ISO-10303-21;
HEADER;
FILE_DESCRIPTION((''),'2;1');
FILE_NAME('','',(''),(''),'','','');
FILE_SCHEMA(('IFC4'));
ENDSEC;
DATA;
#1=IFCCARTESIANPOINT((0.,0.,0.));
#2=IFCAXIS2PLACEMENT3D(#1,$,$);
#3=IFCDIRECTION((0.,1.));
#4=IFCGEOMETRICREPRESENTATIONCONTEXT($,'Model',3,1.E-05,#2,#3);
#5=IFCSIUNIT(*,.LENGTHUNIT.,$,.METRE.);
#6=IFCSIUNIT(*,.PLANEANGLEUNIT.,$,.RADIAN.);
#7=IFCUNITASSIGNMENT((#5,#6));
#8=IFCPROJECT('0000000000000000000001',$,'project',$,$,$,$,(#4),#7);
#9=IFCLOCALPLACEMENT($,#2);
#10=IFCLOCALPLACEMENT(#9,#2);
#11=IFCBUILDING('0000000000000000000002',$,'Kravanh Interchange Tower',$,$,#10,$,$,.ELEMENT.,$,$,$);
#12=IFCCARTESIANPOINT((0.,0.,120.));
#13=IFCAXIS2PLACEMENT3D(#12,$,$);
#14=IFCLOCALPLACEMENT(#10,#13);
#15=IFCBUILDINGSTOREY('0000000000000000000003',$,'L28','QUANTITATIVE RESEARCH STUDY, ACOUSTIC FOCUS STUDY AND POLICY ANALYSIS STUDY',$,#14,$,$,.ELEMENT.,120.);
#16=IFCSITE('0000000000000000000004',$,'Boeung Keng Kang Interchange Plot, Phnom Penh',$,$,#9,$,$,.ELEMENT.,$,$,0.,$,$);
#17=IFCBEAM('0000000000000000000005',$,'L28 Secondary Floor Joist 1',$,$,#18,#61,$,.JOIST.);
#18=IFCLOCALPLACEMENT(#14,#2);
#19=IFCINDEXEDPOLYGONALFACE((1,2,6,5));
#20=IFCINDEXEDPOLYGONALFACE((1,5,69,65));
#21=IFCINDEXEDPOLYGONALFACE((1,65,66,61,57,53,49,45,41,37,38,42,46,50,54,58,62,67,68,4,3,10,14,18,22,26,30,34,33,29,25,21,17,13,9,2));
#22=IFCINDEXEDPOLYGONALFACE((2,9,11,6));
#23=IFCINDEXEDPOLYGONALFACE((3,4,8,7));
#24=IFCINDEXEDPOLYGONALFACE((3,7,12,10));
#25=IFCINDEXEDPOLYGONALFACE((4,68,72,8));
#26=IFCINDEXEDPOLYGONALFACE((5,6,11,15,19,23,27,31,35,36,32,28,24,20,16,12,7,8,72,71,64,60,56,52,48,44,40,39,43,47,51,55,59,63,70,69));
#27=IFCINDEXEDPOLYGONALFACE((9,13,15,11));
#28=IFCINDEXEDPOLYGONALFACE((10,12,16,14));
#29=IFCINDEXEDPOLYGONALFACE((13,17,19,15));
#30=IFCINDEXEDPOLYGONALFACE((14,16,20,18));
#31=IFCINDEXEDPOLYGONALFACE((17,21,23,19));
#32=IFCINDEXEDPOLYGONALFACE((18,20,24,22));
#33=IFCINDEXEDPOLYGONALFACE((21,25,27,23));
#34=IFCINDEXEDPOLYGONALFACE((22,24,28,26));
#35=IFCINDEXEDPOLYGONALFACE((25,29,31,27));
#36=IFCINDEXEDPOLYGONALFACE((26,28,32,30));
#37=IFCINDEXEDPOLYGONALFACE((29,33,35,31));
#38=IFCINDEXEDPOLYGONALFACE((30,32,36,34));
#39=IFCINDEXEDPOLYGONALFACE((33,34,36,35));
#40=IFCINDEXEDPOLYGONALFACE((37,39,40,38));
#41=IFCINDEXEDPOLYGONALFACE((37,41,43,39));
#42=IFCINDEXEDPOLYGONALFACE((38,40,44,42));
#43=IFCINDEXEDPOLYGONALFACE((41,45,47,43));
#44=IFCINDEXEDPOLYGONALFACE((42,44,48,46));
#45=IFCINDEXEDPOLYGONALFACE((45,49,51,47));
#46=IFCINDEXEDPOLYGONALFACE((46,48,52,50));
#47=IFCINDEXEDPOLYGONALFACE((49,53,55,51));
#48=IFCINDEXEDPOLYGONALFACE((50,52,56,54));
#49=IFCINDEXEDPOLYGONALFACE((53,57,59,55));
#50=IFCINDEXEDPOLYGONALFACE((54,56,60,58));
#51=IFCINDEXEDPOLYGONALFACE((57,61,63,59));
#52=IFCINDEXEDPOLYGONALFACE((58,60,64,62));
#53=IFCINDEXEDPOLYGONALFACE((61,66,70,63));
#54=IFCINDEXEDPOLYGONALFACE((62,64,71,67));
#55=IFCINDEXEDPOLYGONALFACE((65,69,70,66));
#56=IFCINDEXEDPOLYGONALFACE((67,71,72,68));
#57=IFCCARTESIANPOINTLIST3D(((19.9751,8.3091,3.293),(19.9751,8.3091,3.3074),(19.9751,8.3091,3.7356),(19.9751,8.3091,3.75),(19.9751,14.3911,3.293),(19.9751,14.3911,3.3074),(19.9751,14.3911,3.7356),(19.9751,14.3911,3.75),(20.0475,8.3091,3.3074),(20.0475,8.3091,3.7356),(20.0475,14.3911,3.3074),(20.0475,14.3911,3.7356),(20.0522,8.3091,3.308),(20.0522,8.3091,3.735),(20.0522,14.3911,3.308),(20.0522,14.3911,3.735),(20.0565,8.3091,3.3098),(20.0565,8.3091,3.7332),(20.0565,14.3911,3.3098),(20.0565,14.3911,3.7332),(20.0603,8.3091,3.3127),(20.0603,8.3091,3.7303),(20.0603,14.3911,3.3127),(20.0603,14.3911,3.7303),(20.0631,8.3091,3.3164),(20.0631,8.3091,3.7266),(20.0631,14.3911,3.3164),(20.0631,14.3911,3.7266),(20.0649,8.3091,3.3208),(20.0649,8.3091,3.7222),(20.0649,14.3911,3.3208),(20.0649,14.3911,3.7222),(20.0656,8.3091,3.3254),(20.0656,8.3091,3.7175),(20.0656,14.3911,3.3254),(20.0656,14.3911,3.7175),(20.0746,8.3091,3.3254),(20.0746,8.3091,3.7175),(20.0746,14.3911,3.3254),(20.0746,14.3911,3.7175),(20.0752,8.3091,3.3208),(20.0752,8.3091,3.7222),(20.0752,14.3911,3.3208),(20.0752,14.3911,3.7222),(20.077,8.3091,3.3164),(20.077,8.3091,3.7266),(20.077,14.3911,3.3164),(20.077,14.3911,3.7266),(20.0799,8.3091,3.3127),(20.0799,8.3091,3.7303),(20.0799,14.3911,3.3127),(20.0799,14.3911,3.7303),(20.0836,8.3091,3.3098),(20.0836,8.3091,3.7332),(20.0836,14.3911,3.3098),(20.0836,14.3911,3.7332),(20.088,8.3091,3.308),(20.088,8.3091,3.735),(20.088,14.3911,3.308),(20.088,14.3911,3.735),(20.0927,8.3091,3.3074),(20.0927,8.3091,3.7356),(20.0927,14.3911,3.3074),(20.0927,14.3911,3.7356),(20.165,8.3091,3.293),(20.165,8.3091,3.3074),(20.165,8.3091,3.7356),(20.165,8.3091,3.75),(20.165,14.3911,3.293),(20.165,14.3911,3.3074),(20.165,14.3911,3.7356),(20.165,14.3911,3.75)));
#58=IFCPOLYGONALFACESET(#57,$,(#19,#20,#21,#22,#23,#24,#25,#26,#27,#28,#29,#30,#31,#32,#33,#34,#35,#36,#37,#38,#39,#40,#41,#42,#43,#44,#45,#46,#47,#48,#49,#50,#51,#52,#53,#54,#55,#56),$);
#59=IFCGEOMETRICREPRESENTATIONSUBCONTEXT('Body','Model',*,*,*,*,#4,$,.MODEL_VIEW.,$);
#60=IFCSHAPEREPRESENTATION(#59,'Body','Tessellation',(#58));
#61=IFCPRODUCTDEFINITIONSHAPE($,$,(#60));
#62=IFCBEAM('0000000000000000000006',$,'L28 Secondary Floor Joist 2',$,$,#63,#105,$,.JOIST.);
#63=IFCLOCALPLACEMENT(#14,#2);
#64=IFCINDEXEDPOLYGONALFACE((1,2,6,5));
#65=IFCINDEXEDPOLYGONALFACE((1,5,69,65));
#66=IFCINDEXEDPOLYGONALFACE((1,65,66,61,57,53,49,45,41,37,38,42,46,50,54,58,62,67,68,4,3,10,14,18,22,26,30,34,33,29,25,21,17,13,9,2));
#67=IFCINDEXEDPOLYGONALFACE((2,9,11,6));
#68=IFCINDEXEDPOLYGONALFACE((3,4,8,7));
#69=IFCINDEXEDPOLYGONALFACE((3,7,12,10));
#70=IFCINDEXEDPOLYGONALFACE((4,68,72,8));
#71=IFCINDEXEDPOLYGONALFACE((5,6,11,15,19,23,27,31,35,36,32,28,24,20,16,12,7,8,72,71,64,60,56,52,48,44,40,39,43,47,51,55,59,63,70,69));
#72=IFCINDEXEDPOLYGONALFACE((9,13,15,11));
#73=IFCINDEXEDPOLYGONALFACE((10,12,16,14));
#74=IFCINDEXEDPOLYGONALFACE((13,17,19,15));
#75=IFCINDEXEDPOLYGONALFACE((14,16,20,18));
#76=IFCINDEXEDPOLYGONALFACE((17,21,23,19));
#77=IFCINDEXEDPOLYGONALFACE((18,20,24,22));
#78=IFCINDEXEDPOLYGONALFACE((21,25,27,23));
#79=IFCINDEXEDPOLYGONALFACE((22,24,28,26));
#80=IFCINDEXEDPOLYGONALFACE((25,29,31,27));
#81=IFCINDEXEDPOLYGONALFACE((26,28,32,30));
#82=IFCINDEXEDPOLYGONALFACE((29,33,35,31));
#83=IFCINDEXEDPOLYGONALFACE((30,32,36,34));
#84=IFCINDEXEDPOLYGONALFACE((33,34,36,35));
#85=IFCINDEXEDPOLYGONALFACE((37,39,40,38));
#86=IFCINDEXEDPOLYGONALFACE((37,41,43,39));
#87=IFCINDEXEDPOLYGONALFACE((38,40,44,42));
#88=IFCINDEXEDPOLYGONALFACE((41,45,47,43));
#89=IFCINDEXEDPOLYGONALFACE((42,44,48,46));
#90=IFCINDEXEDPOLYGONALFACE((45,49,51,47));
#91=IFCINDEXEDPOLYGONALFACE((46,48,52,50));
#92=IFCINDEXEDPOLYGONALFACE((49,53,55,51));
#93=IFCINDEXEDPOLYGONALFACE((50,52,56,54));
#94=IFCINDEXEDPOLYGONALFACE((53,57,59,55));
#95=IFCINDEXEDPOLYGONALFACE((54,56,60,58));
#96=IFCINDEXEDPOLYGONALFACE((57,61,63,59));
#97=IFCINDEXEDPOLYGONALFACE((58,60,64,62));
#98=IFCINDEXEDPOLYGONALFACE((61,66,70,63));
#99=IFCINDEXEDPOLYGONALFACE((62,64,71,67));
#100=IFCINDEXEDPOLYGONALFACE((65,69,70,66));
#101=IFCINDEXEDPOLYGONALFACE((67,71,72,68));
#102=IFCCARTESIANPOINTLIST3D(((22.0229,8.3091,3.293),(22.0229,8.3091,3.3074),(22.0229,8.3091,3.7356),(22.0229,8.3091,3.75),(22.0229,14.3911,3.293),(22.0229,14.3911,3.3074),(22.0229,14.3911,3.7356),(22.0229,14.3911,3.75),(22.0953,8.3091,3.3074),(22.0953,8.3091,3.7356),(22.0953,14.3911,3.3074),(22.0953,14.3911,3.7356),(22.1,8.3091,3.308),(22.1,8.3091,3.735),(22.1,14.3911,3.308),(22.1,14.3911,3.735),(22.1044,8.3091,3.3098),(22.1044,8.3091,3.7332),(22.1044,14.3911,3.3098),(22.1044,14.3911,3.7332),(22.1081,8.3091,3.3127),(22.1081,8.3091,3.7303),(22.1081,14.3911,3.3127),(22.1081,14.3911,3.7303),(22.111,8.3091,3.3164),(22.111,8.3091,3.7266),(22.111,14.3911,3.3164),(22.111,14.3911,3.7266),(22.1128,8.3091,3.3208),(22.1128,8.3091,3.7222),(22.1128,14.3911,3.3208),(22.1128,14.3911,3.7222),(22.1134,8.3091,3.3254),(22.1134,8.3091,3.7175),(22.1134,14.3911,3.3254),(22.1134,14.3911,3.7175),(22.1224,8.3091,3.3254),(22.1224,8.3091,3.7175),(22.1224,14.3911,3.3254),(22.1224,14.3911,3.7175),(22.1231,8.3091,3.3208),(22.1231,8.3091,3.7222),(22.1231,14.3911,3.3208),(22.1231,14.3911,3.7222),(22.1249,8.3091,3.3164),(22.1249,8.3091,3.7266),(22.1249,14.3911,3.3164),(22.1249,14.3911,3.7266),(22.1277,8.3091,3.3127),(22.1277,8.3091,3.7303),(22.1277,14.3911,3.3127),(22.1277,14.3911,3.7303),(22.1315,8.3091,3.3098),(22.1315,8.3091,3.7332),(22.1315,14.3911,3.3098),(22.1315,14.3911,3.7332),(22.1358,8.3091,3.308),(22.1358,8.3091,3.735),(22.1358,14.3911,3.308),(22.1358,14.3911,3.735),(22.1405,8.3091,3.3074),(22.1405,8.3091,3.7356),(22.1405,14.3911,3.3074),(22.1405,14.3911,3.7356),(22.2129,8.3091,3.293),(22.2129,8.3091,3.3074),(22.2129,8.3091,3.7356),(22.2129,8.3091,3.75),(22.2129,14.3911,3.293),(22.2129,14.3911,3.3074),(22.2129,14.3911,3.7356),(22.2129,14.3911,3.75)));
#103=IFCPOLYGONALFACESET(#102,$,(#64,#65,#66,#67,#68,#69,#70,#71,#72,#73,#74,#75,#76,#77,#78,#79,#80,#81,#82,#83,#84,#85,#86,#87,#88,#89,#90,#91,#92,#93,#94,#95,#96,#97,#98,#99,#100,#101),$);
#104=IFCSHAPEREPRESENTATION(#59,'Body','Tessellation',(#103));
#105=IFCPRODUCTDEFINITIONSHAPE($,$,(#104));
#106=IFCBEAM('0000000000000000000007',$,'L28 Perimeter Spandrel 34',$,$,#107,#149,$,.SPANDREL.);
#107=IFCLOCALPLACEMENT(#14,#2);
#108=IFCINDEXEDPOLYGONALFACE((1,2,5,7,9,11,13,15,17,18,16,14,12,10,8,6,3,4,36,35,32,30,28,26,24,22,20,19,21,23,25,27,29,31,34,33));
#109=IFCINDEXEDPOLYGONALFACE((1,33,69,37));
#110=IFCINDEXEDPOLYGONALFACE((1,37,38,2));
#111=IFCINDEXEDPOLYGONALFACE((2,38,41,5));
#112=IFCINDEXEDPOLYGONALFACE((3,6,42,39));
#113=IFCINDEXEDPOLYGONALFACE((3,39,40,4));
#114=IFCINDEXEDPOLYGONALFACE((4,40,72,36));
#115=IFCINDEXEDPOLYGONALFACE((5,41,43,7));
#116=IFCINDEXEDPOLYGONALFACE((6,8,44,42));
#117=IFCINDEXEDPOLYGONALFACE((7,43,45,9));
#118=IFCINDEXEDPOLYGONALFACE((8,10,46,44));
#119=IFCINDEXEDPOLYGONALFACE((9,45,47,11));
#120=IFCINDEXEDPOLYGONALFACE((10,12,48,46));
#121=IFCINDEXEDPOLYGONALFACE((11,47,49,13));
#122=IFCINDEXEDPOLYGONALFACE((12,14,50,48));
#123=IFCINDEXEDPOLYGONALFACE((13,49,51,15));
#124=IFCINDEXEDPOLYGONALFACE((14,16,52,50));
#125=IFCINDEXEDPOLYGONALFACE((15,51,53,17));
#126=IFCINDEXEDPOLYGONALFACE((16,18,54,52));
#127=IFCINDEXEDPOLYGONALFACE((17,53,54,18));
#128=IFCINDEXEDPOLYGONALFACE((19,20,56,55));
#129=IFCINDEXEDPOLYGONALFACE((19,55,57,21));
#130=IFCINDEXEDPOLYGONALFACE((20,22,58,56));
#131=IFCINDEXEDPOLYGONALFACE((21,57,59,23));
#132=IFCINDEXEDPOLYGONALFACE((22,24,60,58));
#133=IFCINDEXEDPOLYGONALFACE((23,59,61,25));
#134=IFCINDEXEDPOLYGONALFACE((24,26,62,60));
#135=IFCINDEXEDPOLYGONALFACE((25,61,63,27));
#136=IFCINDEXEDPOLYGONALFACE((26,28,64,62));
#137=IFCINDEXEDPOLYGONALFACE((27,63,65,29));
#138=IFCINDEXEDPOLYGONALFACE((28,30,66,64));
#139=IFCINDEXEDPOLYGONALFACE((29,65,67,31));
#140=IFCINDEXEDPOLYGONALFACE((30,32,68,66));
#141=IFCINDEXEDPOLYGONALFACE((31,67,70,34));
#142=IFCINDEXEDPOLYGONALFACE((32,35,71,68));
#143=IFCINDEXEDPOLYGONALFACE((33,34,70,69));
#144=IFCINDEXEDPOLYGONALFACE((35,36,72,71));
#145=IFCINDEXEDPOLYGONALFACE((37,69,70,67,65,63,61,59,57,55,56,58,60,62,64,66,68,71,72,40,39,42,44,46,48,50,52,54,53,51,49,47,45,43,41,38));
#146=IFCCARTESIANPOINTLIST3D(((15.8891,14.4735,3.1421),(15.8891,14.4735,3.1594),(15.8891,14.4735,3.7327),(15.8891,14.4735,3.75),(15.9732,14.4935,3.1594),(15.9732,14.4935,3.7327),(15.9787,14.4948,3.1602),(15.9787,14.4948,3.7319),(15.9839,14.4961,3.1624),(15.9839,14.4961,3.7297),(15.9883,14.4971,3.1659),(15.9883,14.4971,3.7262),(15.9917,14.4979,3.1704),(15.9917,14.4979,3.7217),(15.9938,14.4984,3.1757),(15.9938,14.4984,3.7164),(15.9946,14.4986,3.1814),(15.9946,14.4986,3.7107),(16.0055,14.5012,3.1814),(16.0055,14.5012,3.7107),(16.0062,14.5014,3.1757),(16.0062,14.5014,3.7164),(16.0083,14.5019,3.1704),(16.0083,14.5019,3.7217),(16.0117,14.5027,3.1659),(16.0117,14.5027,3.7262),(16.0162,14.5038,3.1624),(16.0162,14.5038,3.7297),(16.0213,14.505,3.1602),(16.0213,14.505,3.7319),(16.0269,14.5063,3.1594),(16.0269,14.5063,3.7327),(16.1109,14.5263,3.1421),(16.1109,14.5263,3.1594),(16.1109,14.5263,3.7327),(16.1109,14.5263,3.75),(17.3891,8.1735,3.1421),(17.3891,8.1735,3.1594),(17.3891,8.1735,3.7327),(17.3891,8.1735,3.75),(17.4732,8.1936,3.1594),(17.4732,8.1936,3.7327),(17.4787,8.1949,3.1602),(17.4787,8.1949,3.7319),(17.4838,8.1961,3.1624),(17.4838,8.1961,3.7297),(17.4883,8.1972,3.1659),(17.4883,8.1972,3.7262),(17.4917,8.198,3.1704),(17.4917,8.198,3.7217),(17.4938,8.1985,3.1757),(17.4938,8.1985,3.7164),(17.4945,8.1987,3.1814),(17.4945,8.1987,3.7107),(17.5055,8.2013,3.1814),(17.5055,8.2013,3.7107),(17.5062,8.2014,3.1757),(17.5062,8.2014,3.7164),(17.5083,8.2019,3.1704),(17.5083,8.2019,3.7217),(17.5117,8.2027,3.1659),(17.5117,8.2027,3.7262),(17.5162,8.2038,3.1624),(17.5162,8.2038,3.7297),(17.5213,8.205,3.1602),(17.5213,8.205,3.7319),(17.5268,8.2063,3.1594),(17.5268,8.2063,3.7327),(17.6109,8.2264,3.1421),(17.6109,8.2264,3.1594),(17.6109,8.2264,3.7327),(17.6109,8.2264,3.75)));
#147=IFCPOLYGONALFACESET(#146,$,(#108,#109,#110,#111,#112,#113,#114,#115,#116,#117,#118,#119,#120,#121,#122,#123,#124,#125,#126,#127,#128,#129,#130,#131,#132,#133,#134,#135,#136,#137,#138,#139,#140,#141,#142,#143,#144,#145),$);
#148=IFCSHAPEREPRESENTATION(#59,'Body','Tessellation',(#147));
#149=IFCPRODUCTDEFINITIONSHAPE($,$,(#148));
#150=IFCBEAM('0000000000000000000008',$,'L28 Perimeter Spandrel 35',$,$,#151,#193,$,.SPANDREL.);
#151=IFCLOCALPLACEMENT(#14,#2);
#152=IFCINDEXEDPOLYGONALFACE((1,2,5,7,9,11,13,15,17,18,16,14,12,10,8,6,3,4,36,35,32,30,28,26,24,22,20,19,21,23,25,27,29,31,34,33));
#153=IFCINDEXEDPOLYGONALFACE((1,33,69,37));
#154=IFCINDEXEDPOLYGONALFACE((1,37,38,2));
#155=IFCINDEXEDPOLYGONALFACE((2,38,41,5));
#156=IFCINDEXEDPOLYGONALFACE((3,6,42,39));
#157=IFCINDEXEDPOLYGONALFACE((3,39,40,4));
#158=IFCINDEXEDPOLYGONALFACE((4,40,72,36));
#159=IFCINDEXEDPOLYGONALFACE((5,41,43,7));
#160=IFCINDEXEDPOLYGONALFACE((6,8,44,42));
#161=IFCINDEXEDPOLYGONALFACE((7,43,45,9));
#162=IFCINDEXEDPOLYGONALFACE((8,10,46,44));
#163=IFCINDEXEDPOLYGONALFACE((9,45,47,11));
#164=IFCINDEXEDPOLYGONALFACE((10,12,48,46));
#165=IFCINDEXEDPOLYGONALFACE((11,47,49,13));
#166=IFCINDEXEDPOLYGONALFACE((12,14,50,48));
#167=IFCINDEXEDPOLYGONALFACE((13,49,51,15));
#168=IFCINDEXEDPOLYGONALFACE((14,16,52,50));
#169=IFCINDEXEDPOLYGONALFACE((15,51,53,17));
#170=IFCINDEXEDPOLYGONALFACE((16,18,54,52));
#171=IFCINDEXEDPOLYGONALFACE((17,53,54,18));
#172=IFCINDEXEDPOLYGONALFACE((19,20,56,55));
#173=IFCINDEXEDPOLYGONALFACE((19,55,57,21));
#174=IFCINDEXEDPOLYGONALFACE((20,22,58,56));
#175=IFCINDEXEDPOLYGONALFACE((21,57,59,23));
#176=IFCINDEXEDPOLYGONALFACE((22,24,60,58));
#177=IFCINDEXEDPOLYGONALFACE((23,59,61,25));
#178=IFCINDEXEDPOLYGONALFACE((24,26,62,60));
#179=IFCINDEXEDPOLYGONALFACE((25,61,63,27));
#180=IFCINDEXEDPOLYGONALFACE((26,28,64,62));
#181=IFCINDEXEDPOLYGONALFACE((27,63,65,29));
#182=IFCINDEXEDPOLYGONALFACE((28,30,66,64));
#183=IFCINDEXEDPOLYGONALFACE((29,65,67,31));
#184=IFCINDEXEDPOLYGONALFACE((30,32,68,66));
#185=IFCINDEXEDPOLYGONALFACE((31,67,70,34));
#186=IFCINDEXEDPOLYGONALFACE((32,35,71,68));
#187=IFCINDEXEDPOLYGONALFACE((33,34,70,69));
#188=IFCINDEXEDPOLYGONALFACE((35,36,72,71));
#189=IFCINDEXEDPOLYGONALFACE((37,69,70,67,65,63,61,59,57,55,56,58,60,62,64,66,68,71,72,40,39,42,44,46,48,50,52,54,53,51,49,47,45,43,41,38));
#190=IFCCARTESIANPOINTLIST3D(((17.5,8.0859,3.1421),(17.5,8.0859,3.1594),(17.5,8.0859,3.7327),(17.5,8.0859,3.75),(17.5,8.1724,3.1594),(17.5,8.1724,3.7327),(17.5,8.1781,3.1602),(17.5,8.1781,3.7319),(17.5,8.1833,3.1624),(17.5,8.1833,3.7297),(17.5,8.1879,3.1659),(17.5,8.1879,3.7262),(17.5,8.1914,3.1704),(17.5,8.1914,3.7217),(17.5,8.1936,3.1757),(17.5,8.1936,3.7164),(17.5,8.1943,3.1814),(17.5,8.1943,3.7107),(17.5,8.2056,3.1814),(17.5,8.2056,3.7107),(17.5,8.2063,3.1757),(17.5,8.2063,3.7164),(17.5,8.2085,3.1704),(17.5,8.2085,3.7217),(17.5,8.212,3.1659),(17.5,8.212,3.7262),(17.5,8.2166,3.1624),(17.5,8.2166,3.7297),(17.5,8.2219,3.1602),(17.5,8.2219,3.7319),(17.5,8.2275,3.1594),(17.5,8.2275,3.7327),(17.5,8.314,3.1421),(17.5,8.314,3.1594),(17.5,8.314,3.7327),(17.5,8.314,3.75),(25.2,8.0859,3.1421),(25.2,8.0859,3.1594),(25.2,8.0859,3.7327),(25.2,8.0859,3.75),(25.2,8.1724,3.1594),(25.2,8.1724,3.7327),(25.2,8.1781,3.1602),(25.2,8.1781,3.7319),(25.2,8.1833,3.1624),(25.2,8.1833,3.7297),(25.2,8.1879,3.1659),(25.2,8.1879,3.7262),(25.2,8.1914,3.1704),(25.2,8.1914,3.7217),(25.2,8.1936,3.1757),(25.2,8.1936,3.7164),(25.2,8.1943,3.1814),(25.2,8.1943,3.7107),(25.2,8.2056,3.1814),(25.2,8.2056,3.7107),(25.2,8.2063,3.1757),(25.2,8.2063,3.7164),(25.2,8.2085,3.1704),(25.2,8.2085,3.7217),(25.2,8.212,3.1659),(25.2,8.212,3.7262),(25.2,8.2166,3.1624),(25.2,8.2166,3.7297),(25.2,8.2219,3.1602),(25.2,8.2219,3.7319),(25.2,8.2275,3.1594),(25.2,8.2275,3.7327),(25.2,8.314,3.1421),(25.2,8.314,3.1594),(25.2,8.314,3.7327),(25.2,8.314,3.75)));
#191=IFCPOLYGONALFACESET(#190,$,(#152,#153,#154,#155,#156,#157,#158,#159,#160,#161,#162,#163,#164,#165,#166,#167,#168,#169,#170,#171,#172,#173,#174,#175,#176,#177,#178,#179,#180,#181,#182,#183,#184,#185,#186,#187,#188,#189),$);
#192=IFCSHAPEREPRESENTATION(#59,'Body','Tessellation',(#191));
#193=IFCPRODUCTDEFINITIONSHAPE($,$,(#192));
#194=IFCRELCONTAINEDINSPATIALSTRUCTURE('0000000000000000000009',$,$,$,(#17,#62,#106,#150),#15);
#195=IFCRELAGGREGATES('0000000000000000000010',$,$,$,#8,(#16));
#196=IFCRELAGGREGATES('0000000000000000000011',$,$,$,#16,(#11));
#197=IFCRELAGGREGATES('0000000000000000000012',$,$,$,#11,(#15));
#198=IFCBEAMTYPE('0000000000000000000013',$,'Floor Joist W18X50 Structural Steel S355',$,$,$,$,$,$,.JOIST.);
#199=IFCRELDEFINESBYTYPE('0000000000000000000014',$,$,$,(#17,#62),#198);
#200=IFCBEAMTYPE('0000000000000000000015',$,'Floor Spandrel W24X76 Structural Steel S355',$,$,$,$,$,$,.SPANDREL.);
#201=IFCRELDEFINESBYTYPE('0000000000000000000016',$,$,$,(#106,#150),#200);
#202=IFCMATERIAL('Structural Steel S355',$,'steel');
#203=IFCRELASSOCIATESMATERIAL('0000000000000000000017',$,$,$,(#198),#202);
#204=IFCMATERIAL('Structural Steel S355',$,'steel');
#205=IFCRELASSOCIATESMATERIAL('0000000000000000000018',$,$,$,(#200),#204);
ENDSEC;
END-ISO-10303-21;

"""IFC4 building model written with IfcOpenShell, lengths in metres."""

from ifc_helpers import new_model, si_unit, direction, frame, origin, origin_2d, place, context, subcontext, project, spatial, i_section, extrude, material, material_profile, profile_set, type_object, element, save


model = new_model("IFC4")

# Units and contexts
model_context = context("Model", 3, precision=1e-05, world=origin(), true_north=direction((0.0, 1.0)))
body_context = subcontext(model_context, "Body", "Model", "MODEL_VIEW")
ifc_project = project(units=[si_unit("LENGTHUNIT", "METRE"), si_unit("PLANEANGLEUNIT", "RADIAN")], contexts=[model_context])

# Site, building, storey
site_placement = place(None, origin())
site = spatial("IfcSite", under=ifc_project, at=site_placement, Name="Boeung Keng Kang Interchange Plot, Phnom Penh", CompositionType="ELEMENT", RefElevation=0.0)
building_placement = place(site_placement, origin())
building = spatial("IfcBuilding", under=site, at=building_placement, Name="Kravanh Interchange Tower", CompositionType="ELEMENT")
storey_placement = place(building_placement, frame((0.0, 0.0, 120.0)))
storey = spatial("IfcBuildingStorey", under=building, at=storey_placement, Name="L28", Description="QUANTITATIVE RESEARCH STUDY, ACOUSTIC FOCUS STUDY AND POLICY ANALYSIS STUDY", CompositionType="ELEMENT", Elevation=120.0)

# Beams
ifc_material_1 = material(Name="Structural Steel S355", Category="steel")
ifc_material_profile_1 = material_profile(ifc_material_1, i_section(OverallWidth=0.1899, OverallDepth=0.457, WebThickness=0.009, FlangeThickness=0.0144, FilletRadius=0.0181, at=origin_2d()), Name="W18X50")
ifc_profile_set_1 = profile_set([ifc_material_profile_1], Name="Structural Steel S355")
beam_type_1 = type_object("IfcBeamType", Name="Floor Joist W18X50 Structural Steel S355", PredefinedType="JOIST", material=ifc_profile_set_1)
for number, where, z_axis, x_axis, name in (
    (1, (20.0701, 8.3091, 3.5215), (0.0, 1.0, 0.0), (-1.0, 0.0, 0.0), "L28 Secondary Floor Joist 1"),
    (2, (22.1179, 8.3091, 3.5215), (0.0, 1.0, 0.0), (-1.0, 0.0, 0.0), "L28 Secondary Floor Joist 2"),
):
    element("IfcBeam", number, at=place(storey_placement, frame(where, z_axis=z_axis, x_axis=x_axis)), inside=storey, type_object=beam_type_1, Name=name, PredefinedType="JOIST", context=body_context, shape_type="SweptSolid", body=[
        extrude(i_section(OverallWidth=0.1899, OverallDepth=0.457, WebThickness=0.009, FlangeThickness=0.0144, FilletRadius=0.0181, at=origin_2d()), origin(), (0.0, 0.0, 1.0), 6.082),
    ])
ifc_material_2 = material(Name="Structural Steel S355", Category="steel")
ifc_material_profile_2 = material_profile(ifc_material_2, i_section(OverallWidth=0.228, OverallDepth=0.6079, WebThickness=0.0112, FlangeThickness=0.0173, FilletRadius=0.022, at=origin_2d()), Name="W24X76")
ifc_profile_set_2 = profile_set([ifc_material_profile_2], Name="Structural Steel S355")
beam_type_2 = type_object("IfcBeamType", Name="Floor Spandrel W24X76 Structural Steel S355", PredefinedType="SPANDREL", material=ifc_profile_set_2)
beam_1_placement = place(storey_placement, frame((17.5, 8.2, 3.446), z_axis=(-0.231619, 0.972807, 0.0), x_axis=(-0.972807, -0.231619, 0.0)))
element("IfcBeam", 3, at=beam_1_placement, inside=storey, type_object=beam_type_2, Name="L28 Perimeter Spandrel 34", PredefinedType="SPANDREL", context=body_context, shape_type="SweptSolid", body=[
    extrude(i_section(OverallWidth=0.228, OverallDepth=0.6079, WebThickness=0.0112, FlangeThickness=0.0173, FilletRadius=0.022, at=origin_2d()), origin(), (0.0, 0.0, 1.0), 6.4761),
])
beam_2_placement = place(storey_placement, frame((17.5, 8.2, 3.446), z_axis=(1.0, 0.0, 0.0), x_axis=(0.0, 1.0, 0.0)))
element("IfcBeam", 4, at=beam_2_placement, inside=storey, type_object=beam_type_2, Name="L28 Perimeter Spandrel 35", PredefinedType="SPANDREL", context=body_context, shape_type="SweptSolid", body=[
    extrude(i_section(OverallWidth=0.228, OverallDepth=0.6079, WebThickness=0.0112, FlangeThickness=0.0173, FilletRadius=0.022, at=origin_2d()), origin(), (0.0, 0.0, 1.0), 7.7),
])

save(model, "model.ifc")
